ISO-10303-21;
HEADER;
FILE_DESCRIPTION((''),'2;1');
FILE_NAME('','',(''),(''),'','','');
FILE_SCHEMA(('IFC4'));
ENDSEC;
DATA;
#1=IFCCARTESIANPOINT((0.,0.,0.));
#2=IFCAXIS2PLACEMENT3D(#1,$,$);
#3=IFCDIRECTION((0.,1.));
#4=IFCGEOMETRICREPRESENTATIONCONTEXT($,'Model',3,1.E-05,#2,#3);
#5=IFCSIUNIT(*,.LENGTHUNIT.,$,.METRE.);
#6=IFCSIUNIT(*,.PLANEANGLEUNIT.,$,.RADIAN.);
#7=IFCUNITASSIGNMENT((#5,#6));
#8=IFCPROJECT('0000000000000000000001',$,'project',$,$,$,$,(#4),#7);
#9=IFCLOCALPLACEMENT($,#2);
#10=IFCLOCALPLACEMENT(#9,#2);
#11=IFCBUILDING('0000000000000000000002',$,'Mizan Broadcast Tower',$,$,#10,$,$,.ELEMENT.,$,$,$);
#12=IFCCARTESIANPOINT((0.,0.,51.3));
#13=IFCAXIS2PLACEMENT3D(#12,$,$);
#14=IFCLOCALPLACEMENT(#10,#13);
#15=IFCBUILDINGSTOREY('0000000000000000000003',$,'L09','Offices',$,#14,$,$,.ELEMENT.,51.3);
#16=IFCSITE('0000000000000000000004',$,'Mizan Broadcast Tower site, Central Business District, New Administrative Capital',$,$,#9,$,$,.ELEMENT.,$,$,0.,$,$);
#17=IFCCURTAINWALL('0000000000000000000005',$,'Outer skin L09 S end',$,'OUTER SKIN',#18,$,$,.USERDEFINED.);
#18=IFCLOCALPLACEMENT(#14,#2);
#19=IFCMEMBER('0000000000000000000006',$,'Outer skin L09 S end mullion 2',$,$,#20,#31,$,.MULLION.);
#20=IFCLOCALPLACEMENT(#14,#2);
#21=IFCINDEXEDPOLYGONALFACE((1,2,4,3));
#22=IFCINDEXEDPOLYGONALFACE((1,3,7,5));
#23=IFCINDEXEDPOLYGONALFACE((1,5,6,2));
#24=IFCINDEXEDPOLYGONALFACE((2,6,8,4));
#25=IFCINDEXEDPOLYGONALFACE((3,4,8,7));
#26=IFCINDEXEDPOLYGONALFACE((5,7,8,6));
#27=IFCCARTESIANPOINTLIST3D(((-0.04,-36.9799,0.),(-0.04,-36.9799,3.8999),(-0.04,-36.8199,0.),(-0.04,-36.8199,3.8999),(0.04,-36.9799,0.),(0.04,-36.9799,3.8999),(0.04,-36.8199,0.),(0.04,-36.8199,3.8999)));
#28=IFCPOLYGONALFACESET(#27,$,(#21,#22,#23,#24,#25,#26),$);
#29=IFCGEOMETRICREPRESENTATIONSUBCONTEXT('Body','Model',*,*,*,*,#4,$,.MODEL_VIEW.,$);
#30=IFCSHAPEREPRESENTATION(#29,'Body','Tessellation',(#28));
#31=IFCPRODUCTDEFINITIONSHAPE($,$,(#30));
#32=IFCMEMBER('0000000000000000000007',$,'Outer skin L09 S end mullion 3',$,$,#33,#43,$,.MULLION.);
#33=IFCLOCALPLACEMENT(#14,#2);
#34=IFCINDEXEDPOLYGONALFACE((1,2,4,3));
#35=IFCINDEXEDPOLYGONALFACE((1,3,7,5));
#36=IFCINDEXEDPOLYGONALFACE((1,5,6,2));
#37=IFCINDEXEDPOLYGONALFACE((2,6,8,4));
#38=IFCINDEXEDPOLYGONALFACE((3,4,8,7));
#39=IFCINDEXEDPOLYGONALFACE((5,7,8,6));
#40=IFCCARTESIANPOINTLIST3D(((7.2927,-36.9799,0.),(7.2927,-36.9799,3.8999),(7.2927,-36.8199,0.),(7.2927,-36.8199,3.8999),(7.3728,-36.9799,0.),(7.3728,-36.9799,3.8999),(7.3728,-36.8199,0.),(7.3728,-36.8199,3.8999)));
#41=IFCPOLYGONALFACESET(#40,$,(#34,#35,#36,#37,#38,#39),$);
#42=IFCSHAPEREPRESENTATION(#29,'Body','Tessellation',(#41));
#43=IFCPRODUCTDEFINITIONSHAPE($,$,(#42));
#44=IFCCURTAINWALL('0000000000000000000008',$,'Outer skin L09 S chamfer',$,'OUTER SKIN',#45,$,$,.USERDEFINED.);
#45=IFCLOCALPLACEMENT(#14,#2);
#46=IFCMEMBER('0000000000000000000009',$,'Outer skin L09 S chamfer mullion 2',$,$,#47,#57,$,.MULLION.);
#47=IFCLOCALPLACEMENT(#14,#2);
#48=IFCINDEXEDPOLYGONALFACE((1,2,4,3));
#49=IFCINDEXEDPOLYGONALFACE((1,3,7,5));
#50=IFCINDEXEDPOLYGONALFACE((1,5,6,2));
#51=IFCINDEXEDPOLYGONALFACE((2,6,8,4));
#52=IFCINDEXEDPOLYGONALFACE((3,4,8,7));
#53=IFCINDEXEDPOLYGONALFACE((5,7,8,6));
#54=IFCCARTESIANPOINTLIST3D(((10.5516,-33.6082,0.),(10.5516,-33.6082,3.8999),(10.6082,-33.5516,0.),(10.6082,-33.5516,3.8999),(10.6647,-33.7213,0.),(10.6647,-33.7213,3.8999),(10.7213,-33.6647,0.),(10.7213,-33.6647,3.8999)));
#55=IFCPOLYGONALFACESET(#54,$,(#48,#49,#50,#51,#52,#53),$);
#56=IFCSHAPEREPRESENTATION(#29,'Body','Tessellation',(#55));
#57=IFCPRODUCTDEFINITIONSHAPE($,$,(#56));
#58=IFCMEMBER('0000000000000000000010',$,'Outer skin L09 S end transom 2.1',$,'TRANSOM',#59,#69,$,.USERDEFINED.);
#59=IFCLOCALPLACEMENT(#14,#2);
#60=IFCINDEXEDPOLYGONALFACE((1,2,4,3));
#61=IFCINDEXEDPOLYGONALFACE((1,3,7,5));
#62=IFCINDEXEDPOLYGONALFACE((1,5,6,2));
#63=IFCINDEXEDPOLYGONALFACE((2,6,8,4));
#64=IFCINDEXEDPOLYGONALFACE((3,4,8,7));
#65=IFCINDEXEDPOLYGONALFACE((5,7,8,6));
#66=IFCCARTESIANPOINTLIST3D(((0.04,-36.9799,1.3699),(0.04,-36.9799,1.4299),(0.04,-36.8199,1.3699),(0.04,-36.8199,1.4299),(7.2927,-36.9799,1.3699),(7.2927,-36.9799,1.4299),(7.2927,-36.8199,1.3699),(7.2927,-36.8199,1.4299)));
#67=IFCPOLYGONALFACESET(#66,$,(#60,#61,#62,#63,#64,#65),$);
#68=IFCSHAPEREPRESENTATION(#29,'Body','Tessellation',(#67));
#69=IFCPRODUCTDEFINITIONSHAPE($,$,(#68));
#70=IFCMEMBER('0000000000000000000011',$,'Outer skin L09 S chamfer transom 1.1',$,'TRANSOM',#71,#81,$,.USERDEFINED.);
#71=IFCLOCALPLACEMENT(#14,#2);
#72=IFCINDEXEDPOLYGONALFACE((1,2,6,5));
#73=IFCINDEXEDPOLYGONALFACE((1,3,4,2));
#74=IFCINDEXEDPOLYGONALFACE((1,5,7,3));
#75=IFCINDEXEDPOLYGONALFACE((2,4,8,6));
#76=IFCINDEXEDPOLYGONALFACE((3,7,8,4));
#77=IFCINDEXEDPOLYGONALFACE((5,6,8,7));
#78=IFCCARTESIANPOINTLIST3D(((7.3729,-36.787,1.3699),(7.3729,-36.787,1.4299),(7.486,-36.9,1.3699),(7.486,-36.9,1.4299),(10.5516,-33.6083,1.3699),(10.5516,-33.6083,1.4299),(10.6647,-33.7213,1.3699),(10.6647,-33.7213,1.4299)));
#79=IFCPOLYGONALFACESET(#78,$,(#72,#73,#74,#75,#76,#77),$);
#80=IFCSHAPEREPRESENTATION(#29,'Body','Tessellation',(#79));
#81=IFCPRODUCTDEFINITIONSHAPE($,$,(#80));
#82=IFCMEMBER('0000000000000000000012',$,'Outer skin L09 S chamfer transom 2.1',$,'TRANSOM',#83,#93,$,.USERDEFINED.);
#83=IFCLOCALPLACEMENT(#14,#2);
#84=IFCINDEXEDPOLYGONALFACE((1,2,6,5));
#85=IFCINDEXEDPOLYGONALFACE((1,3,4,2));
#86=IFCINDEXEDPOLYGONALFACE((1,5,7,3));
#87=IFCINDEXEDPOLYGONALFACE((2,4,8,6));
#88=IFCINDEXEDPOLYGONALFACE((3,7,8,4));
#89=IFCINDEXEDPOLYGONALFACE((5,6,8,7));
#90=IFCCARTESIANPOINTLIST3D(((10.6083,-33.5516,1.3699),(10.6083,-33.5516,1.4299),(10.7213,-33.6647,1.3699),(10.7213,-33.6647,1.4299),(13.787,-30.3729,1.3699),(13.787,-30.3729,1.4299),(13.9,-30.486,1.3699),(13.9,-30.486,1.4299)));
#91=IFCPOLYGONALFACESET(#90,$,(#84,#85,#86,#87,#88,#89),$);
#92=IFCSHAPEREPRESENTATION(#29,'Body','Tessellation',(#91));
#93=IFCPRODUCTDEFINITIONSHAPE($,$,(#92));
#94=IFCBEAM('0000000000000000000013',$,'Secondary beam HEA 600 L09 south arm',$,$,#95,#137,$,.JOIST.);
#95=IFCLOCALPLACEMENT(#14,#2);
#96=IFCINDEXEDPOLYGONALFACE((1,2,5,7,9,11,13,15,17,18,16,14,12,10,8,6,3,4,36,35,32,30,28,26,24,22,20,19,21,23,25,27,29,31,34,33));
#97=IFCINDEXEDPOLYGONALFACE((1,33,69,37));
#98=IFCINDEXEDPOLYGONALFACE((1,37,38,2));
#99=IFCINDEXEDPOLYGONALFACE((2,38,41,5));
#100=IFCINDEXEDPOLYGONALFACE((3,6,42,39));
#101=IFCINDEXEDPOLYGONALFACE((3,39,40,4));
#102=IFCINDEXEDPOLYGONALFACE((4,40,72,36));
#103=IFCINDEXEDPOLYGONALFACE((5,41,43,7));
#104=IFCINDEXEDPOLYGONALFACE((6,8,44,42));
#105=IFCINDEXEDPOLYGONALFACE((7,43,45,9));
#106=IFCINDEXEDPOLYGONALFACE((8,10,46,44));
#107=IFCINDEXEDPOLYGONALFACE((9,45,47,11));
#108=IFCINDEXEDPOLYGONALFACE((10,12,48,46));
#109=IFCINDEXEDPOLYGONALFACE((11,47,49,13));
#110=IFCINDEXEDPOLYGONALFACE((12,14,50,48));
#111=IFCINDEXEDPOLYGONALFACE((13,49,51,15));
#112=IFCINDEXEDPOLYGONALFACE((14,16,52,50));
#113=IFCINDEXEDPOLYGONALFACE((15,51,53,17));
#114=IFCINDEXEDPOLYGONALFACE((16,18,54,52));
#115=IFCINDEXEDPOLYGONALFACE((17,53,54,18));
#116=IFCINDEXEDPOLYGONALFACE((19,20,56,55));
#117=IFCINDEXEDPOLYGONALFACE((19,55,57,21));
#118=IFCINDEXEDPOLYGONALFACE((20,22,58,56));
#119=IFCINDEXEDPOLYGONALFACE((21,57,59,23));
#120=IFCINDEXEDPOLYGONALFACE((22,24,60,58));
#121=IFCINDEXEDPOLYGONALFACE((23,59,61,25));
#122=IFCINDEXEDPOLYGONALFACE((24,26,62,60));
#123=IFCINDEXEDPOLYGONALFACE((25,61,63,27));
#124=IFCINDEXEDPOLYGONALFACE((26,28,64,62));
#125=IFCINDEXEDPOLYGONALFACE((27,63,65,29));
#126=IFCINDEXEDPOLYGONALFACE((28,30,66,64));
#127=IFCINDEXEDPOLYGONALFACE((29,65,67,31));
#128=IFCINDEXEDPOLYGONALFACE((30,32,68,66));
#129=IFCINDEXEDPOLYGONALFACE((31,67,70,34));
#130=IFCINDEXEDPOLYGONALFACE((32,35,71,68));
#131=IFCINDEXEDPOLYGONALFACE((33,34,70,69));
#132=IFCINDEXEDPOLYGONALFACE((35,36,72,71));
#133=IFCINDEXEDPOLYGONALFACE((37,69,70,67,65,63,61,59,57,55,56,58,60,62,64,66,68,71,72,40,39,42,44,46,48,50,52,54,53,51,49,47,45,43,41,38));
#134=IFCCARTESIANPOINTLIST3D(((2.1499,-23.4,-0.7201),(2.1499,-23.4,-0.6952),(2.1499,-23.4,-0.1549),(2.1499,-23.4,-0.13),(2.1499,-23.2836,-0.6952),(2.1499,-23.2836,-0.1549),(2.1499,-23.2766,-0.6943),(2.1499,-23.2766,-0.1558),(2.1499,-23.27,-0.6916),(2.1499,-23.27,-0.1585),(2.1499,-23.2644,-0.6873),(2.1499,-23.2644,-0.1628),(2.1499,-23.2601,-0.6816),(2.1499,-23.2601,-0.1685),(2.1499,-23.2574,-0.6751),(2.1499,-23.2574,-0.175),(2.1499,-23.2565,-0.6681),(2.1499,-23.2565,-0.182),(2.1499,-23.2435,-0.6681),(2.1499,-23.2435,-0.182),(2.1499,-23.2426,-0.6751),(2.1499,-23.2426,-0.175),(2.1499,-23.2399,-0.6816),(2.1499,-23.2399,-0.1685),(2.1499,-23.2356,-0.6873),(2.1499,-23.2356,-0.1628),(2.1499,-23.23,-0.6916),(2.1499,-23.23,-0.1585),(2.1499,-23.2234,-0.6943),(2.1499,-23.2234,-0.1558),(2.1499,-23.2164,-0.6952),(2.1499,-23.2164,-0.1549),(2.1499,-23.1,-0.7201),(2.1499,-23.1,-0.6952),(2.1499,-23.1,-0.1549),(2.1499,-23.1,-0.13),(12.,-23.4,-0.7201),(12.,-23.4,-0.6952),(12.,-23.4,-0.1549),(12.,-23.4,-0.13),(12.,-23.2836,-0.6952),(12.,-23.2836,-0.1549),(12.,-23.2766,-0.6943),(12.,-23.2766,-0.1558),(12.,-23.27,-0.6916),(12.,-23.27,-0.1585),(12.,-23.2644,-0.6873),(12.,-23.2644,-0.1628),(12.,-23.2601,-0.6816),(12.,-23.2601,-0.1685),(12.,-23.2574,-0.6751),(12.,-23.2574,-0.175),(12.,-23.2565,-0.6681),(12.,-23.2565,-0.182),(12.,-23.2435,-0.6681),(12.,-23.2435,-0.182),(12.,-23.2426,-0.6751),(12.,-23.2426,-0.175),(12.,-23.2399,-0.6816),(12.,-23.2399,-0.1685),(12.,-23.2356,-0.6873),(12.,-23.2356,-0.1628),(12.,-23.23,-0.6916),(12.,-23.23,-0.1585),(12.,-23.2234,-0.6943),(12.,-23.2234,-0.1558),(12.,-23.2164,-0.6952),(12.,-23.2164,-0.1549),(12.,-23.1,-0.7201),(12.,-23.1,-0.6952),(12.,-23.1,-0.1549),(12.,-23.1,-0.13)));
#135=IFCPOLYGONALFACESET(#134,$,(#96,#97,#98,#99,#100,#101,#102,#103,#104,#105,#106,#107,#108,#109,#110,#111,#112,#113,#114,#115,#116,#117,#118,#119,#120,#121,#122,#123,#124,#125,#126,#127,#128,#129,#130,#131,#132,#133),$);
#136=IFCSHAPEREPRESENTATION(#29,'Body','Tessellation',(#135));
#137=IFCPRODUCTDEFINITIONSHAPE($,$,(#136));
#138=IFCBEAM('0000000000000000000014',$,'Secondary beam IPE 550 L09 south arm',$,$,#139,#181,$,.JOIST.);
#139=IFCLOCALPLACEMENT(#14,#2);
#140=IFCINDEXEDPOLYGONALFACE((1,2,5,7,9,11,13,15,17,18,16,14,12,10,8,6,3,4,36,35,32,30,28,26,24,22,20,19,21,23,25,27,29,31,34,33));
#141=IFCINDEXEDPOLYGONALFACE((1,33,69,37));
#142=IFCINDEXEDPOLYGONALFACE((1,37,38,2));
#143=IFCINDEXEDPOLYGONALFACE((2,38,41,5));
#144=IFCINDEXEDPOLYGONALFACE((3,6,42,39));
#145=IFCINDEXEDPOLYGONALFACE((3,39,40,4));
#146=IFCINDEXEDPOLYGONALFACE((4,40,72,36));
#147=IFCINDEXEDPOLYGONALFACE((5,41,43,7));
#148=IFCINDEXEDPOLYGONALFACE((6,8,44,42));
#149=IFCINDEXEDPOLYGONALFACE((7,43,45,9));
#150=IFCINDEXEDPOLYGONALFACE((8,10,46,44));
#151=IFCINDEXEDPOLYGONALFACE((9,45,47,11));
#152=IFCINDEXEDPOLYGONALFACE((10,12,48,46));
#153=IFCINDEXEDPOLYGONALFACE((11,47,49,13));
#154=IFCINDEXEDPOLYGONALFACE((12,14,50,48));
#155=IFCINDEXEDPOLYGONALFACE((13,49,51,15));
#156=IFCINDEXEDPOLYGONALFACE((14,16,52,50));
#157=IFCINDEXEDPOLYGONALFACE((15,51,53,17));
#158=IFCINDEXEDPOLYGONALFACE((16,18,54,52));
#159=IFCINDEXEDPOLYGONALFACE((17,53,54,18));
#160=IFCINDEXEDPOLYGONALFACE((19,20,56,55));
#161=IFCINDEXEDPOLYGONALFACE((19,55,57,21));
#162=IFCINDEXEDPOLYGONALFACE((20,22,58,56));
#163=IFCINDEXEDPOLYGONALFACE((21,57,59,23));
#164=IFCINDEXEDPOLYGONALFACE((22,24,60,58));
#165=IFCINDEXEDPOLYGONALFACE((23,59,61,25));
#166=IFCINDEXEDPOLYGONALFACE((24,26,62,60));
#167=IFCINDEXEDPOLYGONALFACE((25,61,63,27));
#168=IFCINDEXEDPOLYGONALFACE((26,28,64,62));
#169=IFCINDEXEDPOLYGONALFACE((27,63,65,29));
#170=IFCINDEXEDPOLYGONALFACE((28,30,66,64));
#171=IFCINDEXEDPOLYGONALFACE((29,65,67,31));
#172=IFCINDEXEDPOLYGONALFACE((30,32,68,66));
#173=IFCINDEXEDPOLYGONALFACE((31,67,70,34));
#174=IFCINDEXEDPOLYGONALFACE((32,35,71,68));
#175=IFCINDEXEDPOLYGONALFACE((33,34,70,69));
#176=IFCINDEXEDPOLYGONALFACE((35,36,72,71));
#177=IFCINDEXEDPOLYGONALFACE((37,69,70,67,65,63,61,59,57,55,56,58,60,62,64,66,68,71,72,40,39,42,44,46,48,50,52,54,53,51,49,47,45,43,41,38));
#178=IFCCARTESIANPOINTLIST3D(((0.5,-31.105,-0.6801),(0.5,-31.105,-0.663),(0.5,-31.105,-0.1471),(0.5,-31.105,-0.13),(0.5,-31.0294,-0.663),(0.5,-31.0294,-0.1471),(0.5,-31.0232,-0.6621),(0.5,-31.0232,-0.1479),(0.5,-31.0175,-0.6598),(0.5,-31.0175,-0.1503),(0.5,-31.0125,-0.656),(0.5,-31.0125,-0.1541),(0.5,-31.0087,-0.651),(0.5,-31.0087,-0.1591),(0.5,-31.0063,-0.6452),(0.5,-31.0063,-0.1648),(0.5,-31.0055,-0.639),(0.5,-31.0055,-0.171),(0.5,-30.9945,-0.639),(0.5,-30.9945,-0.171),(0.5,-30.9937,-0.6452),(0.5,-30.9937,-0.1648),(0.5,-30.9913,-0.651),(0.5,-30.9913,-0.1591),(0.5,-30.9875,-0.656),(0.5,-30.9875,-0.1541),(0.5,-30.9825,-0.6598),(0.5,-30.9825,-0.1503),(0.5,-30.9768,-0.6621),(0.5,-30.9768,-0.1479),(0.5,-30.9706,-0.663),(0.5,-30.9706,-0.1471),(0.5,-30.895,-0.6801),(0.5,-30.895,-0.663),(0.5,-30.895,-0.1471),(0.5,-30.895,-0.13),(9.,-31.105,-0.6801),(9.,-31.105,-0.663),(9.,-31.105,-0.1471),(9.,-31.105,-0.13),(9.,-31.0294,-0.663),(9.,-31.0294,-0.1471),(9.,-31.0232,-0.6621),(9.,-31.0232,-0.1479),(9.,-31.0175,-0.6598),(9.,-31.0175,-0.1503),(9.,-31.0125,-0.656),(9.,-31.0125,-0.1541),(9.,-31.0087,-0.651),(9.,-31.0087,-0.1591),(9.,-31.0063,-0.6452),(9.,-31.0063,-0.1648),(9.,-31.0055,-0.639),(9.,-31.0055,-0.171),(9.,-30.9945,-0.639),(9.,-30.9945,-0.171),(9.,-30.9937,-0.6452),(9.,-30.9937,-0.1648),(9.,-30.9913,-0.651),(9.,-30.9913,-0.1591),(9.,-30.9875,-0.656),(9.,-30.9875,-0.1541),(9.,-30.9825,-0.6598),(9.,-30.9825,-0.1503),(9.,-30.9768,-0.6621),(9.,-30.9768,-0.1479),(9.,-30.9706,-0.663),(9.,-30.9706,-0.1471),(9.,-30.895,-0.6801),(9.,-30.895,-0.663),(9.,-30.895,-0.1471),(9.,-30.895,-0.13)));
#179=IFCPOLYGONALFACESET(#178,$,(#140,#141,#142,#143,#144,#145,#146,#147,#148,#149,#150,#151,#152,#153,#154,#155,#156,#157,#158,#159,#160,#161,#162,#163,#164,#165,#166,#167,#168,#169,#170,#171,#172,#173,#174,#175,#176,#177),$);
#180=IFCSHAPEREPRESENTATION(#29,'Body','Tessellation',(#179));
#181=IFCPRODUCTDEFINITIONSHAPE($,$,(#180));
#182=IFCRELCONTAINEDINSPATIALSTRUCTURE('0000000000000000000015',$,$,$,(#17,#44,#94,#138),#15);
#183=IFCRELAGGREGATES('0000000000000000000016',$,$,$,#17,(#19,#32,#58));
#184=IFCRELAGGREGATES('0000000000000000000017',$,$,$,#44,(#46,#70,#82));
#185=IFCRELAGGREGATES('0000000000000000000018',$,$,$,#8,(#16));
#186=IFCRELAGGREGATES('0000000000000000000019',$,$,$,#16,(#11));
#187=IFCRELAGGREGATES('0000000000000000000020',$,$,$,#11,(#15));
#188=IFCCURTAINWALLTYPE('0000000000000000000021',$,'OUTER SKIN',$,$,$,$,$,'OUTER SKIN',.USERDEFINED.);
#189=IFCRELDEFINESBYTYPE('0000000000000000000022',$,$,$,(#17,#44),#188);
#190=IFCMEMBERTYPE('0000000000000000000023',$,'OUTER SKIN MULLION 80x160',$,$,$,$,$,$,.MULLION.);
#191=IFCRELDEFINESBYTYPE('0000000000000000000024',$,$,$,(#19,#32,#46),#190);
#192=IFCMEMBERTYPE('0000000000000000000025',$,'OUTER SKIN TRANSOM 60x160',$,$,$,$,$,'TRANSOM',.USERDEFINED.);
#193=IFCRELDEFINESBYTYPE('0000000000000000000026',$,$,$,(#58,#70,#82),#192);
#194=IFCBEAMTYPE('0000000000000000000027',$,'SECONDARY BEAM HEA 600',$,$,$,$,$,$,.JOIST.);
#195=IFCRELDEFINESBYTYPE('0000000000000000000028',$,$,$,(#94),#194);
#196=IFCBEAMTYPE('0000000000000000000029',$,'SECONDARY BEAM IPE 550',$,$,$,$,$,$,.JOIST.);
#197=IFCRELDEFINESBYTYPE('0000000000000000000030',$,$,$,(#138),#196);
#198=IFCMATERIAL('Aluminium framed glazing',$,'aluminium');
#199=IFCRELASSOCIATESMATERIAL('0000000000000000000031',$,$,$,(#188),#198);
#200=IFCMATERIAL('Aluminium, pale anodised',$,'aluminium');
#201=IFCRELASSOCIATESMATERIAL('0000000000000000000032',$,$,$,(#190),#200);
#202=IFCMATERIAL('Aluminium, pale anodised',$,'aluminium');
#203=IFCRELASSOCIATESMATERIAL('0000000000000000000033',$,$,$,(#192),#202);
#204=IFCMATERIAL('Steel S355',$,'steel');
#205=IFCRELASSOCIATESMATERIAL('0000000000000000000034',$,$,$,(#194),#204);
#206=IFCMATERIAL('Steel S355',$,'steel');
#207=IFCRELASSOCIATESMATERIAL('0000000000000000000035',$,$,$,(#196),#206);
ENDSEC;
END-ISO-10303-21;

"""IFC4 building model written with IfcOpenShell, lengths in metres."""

from ifc_helpers import new_model, si_unit, direction, frame, origin, origin_2d, place, context, subcontext, project, spatial, rectangle, i_section, extrude, material, material_profile, profile_set, type_object, element, aggregate, save


model = new_model("IFC4")

# Units and contexts
model_context = context("Model", 3, precision=1e-05, world=origin(), true_north=direction((0.0, 1.0)))
body_context = subcontext(model_context, "Body", "Model", "MODEL_VIEW")
ifc_project = project(units=[si_unit("LENGTHUNIT", "METRE"), si_unit("PLANEANGLEUNIT", "RADIAN")], contexts=[model_context])

# Site, building, storey
site_placement = place(None, origin())
site = spatial("IfcSite", under=ifc_project, at=site_placement, Name="Mizan Broadcast Tower site, Central Business District, New Administrative Capital", CompositionType="ELEMENT", RefElevation=0.0)
building_placement = place(site_placement, origin())
building = spatial("IfcBuilding", under=site, at=building_placement, Name="Mizan Broadcast Tower", CompositionType="ELEMENT")
storey_placement = place(building_placement, frame((0.0, 0.0, 51.3)))
storey = spatial("IfcBuildingStorey", under=building, at=storey_placement, Name="L09", Description="Offices", CompositionType="ELEMENT", Elevation=51.3)

# Curtain wall, members
ifc_material_1 = material(Name="Aluminium framed glazing", Category="aluminium")
curtain_wall_type_1 = type_object("IfcCurtainWallType", Name="OUTER SKIN", ElementType="OUTER SKIN", PredefinedType="USERDEFINED", material=ifc_material_1)
curtain_wall_1_placement = place(storey_placement, origin())
curtain_wall_1 = element("IfcCurtainWall", 1, at=curtain_wall_1_placement, inside=storey, type_object=curtain_wall_type_1, Name="Outer skin L09 S end", ObjectType="OUTER SKIN", PredefinedType="USERDEFINED")
ifc_material_2 = material(Name="Aluminium, pale anodised", Category="aluminium")
ifc_material_profile_1 = material_profile(ifc_material_2, rectangle(XDim=0.1599, YDim=0.0801, at=origin_2d()), Name="MULLION 160x80")
ifc_profile_set_1 = profile_set([ifc_material_profile_1], Name="Aluminium, pale anodised")
member_type_1 = type_object("IfcMemberType", Name="OUTER SKIN MULLION 80x160", PredefinedType="MULLION", material=ifc_profile_set_1)
member_1_placement = place(storey_placement, frame((0.0, -36.8999, 0.0), z_axis=(0.0, 0.0, 1.0), x_axis=(0.0, 1.0, 0.0)))
member_1 = element("IfcMember", 2, at=member_1_placement, type_object=member_type_1, Name="Outer skin L09 S end mullion 2", PredefinedType="MULLION", context=body_context, shape_type="SweptSolid", body=[
    extrude(rectangle(XDim=0.1599, YDim=0.0801, at=origin_2d()), origin(), (0.0, 0.0, 1.0), 3.8999),
])
member_2_placement = place(storey_placement, frame((7.3328, -36.8999, 0.0), z_axis=(0.0, 0.0, 1.0), x_axis=(0.0, 1.0, 0.0)))
member_2 = element("IfcMember", 3, at=member_2_placement, type_object=member_type_1, Name="Outer skin L09 S end mullion 3", PredefinedType="MULLION", context=body_context, shape_type="SweptSolid", body=[
    extrude(rectangle(XDim=0.1599, YDim=0.0801, at=origin_2d()), origin(), (0.0, 0.0, 1.0), 3.8999),
])

# Curtain wall, member
curtain_wall_2_placement = place(storey_placement, origin())
curtain_wall_2 = element("IfcCurtainWall", 4, at=curtain_wall_2_placement, inside=storey, type_object=curtain_wall_type_1, Name="Outer skin L09 S chamfer", ObjectType="OUTER SKIN", PredefinedType="USERDEFINED")
member_3_placement = place(storey_placement, frame((10.6365, -33.6365, 0.0), z_axis=(0.0, 0.0, 1.0), x_axis=(-0.707107, 0.707107, 0.0)))
member_3 = element("IfcMember", 5, at=member_3_placement, type_object=member_type_1, Name="Outer skin L09 S chamfer mullion 2", PredefinedType="MULLION", context=body_context, shape_type="SweptSolid", body=[
    extrude(rectangle(XDim=0.1599, YDim=0.0801, at=origin_2d()), origin(), (0.0, 0.0, 1.0), 3.8999),
])

# Members
ifc_material_3 = material(Name="Aluminium, pale anodised", Category="aluminium")
ifc_material_profile_2 = material_profile(ifc_material_3, rectangle(XDim=0.1599, YDim=0.0601, at=origin_2d()), Name="TRANSOM 160x60")
ifc_profile_set_2 = profile_set([ifc_material_profile_2], Name="Aluminium, pale anodised")
member_type_2 = type_object("IfcMemberType", Name="OUTER SKIN TRANSOM 60x160", ElementType="TRANSOM", PredefinedType="USERDEFINED", material=ifc_profile_set_2)
member_4_placement = place(storey_placement, frame((0.04, -36.8999, 1.3999), z_axis=(1.0, 0.0, 0.0), x_axis=(0.0, 1.0, 0.0)))
member_4 = element("IfcMember", 6, at=member_4_placement, type_object=member_type_2, Name="Outer skin L09 S end transom 2.1", ObjectType="TRANSOM", PredefinedType="USERDEFINED", context=body_context, shape_type="SweptSolid", body=[
    extrude(rectangle(XDim=0.1599, YDim=0.0601, at=origin_2d()), origin(), (0.0, 0.0, 1.0), 7.2527),
])
member_5_placement = place(storey_placement, frame((7.4294, -36.8435, 1.3999), z_axis=(0.707107, 0.707107, 0.0), x_axis=(-0.707107, 0.707107, 0.0)))
member_5 = element("IfcMember", 7, at=member_5_placement, type_object=member_type_2, Name="Outer skin L09 S chamfer transom 1.1", ObjectType="TRANSOM", PredefinedType="USERDEFINED", context=body_context, shape_type="SweptSolid", body=[
    extrude(rectangle(XDim=0.1599, YDim=0.0601, at=origin_2d()), origin(), (0.0, 0.0, 1.0), 4.4954),
])
member_6_placement = place(storey_placement, frame((10.6648, -33.6082, 1.3999), z_axis=(0.707107, 0.707107, 0.0), x_axis=(-0.707107, 0.707107, 0.0)))
member_6 = element("IfcMember", 8, at=member_6_placement, type_object=member_type_2, Name="Outer skin L09 S chamfer transom 2.1", ObjectType="TRANSOM", PredefinedType="USERDEFINED", context=body_context, shape_type="SweptSolid", body=[
    extrude(rectangle(XDim=0.1599, YDim=0.0601, at=origin_2d()), origin(), (0.0, 0.0, 1.0), 4.4954),
])

# Beams
ifc_material_4 = material(Name="Steel S355", Category="steel")
ifc_material_profile_3 = material_profile(ifc_material_4, i_section(OverallWidth=0.3, OverallDepth=0.5901, WebThickness=0.0129, FlangeThickness=0.0249, FilletRadius=0.0271, at=origin_2d()), Name="HEA 600")
ifc_profile_set_3 = profile_set([ifc_material_profile_3], Name="Steel S355")
beam_type_1 = type_object("IfcBeamType", Name="SECONDARY BEAM HEA 600", PredefinedType="JOIST", material=ifc_profile_set_3)
beam_1_placement = place(storey_placement, frame((12.0, -23.25, -0.425), z_axis=(-1.0, 0.0, 0.0), x_axis=(0.0, -1.0, 0.0)))
element("IfcBeam", 9, at=beam_1_placement, inside=storey, type_object=beam_type_1, Name="Secondary beam HEA 600 L09 south arm", PredefinedType="JOIST", context=body_context, shape_type="SweptSolid", body=[
    extrude(i_section(OverallWidth=0.3, OverallDepth=0.5901, WebThickness=0.0129, FlangeThickness=0.0249, FilletRadius=0.0271, at=origin_2d()), origin(), (0.0, 0.0, 1.0), 9.8501),
])
ifc_material_5 = material(Name="Steel S355", Category="steel")
ifc_material_profile_4 = material_profile(ifc_material_5, i_section(OverallWidth=0.21, OverallDepth=0.55, WebThickness=0.011, FlangeThickness=0.0171, FilletRadius=0.0239, at=origin_2d()), Name="IPE 550")
ifc_profile_set_4 = profile_set([ifc_material_profile_4], Name="Steel S355")
beam_type_2 = type_object("IfcBeamType", Name="SECONDARY BEAM IPE 550", PredefinedType="JOIST", material=ifc_profile_set_4)
beam_2_placement = place(storey_placement, frame((9.0, -31.0, -0.405), z_axis=(-1.0, 0.0, 0.0), x_axis=(0.0, -1.0, 0.0)))
element("IfcBeam", 10, at=beam_2_placement, inside=storey, type_object=beam_type_2, Name="Secondary beam IPE 550 L09 south arm", PredefinedType="JOIST", context=body_context, shape_type="SweptSolid", body=[
    extrude(i_section(OverallWidth=0.21, OverallDepth=0.55, WebThickness=0.011, FlangeThickness=0.0171, FilletRadius=0.0239, at=origin_2d()), origin(), (0.0, 0.0, 1.0), 8.5),
])

aggregate(curtain_wall_1, [member_1, member_2, member_4])
aggregate(curtain_wall_2, [member_3, member_5, member_6])

save(model, "model.ifc")
